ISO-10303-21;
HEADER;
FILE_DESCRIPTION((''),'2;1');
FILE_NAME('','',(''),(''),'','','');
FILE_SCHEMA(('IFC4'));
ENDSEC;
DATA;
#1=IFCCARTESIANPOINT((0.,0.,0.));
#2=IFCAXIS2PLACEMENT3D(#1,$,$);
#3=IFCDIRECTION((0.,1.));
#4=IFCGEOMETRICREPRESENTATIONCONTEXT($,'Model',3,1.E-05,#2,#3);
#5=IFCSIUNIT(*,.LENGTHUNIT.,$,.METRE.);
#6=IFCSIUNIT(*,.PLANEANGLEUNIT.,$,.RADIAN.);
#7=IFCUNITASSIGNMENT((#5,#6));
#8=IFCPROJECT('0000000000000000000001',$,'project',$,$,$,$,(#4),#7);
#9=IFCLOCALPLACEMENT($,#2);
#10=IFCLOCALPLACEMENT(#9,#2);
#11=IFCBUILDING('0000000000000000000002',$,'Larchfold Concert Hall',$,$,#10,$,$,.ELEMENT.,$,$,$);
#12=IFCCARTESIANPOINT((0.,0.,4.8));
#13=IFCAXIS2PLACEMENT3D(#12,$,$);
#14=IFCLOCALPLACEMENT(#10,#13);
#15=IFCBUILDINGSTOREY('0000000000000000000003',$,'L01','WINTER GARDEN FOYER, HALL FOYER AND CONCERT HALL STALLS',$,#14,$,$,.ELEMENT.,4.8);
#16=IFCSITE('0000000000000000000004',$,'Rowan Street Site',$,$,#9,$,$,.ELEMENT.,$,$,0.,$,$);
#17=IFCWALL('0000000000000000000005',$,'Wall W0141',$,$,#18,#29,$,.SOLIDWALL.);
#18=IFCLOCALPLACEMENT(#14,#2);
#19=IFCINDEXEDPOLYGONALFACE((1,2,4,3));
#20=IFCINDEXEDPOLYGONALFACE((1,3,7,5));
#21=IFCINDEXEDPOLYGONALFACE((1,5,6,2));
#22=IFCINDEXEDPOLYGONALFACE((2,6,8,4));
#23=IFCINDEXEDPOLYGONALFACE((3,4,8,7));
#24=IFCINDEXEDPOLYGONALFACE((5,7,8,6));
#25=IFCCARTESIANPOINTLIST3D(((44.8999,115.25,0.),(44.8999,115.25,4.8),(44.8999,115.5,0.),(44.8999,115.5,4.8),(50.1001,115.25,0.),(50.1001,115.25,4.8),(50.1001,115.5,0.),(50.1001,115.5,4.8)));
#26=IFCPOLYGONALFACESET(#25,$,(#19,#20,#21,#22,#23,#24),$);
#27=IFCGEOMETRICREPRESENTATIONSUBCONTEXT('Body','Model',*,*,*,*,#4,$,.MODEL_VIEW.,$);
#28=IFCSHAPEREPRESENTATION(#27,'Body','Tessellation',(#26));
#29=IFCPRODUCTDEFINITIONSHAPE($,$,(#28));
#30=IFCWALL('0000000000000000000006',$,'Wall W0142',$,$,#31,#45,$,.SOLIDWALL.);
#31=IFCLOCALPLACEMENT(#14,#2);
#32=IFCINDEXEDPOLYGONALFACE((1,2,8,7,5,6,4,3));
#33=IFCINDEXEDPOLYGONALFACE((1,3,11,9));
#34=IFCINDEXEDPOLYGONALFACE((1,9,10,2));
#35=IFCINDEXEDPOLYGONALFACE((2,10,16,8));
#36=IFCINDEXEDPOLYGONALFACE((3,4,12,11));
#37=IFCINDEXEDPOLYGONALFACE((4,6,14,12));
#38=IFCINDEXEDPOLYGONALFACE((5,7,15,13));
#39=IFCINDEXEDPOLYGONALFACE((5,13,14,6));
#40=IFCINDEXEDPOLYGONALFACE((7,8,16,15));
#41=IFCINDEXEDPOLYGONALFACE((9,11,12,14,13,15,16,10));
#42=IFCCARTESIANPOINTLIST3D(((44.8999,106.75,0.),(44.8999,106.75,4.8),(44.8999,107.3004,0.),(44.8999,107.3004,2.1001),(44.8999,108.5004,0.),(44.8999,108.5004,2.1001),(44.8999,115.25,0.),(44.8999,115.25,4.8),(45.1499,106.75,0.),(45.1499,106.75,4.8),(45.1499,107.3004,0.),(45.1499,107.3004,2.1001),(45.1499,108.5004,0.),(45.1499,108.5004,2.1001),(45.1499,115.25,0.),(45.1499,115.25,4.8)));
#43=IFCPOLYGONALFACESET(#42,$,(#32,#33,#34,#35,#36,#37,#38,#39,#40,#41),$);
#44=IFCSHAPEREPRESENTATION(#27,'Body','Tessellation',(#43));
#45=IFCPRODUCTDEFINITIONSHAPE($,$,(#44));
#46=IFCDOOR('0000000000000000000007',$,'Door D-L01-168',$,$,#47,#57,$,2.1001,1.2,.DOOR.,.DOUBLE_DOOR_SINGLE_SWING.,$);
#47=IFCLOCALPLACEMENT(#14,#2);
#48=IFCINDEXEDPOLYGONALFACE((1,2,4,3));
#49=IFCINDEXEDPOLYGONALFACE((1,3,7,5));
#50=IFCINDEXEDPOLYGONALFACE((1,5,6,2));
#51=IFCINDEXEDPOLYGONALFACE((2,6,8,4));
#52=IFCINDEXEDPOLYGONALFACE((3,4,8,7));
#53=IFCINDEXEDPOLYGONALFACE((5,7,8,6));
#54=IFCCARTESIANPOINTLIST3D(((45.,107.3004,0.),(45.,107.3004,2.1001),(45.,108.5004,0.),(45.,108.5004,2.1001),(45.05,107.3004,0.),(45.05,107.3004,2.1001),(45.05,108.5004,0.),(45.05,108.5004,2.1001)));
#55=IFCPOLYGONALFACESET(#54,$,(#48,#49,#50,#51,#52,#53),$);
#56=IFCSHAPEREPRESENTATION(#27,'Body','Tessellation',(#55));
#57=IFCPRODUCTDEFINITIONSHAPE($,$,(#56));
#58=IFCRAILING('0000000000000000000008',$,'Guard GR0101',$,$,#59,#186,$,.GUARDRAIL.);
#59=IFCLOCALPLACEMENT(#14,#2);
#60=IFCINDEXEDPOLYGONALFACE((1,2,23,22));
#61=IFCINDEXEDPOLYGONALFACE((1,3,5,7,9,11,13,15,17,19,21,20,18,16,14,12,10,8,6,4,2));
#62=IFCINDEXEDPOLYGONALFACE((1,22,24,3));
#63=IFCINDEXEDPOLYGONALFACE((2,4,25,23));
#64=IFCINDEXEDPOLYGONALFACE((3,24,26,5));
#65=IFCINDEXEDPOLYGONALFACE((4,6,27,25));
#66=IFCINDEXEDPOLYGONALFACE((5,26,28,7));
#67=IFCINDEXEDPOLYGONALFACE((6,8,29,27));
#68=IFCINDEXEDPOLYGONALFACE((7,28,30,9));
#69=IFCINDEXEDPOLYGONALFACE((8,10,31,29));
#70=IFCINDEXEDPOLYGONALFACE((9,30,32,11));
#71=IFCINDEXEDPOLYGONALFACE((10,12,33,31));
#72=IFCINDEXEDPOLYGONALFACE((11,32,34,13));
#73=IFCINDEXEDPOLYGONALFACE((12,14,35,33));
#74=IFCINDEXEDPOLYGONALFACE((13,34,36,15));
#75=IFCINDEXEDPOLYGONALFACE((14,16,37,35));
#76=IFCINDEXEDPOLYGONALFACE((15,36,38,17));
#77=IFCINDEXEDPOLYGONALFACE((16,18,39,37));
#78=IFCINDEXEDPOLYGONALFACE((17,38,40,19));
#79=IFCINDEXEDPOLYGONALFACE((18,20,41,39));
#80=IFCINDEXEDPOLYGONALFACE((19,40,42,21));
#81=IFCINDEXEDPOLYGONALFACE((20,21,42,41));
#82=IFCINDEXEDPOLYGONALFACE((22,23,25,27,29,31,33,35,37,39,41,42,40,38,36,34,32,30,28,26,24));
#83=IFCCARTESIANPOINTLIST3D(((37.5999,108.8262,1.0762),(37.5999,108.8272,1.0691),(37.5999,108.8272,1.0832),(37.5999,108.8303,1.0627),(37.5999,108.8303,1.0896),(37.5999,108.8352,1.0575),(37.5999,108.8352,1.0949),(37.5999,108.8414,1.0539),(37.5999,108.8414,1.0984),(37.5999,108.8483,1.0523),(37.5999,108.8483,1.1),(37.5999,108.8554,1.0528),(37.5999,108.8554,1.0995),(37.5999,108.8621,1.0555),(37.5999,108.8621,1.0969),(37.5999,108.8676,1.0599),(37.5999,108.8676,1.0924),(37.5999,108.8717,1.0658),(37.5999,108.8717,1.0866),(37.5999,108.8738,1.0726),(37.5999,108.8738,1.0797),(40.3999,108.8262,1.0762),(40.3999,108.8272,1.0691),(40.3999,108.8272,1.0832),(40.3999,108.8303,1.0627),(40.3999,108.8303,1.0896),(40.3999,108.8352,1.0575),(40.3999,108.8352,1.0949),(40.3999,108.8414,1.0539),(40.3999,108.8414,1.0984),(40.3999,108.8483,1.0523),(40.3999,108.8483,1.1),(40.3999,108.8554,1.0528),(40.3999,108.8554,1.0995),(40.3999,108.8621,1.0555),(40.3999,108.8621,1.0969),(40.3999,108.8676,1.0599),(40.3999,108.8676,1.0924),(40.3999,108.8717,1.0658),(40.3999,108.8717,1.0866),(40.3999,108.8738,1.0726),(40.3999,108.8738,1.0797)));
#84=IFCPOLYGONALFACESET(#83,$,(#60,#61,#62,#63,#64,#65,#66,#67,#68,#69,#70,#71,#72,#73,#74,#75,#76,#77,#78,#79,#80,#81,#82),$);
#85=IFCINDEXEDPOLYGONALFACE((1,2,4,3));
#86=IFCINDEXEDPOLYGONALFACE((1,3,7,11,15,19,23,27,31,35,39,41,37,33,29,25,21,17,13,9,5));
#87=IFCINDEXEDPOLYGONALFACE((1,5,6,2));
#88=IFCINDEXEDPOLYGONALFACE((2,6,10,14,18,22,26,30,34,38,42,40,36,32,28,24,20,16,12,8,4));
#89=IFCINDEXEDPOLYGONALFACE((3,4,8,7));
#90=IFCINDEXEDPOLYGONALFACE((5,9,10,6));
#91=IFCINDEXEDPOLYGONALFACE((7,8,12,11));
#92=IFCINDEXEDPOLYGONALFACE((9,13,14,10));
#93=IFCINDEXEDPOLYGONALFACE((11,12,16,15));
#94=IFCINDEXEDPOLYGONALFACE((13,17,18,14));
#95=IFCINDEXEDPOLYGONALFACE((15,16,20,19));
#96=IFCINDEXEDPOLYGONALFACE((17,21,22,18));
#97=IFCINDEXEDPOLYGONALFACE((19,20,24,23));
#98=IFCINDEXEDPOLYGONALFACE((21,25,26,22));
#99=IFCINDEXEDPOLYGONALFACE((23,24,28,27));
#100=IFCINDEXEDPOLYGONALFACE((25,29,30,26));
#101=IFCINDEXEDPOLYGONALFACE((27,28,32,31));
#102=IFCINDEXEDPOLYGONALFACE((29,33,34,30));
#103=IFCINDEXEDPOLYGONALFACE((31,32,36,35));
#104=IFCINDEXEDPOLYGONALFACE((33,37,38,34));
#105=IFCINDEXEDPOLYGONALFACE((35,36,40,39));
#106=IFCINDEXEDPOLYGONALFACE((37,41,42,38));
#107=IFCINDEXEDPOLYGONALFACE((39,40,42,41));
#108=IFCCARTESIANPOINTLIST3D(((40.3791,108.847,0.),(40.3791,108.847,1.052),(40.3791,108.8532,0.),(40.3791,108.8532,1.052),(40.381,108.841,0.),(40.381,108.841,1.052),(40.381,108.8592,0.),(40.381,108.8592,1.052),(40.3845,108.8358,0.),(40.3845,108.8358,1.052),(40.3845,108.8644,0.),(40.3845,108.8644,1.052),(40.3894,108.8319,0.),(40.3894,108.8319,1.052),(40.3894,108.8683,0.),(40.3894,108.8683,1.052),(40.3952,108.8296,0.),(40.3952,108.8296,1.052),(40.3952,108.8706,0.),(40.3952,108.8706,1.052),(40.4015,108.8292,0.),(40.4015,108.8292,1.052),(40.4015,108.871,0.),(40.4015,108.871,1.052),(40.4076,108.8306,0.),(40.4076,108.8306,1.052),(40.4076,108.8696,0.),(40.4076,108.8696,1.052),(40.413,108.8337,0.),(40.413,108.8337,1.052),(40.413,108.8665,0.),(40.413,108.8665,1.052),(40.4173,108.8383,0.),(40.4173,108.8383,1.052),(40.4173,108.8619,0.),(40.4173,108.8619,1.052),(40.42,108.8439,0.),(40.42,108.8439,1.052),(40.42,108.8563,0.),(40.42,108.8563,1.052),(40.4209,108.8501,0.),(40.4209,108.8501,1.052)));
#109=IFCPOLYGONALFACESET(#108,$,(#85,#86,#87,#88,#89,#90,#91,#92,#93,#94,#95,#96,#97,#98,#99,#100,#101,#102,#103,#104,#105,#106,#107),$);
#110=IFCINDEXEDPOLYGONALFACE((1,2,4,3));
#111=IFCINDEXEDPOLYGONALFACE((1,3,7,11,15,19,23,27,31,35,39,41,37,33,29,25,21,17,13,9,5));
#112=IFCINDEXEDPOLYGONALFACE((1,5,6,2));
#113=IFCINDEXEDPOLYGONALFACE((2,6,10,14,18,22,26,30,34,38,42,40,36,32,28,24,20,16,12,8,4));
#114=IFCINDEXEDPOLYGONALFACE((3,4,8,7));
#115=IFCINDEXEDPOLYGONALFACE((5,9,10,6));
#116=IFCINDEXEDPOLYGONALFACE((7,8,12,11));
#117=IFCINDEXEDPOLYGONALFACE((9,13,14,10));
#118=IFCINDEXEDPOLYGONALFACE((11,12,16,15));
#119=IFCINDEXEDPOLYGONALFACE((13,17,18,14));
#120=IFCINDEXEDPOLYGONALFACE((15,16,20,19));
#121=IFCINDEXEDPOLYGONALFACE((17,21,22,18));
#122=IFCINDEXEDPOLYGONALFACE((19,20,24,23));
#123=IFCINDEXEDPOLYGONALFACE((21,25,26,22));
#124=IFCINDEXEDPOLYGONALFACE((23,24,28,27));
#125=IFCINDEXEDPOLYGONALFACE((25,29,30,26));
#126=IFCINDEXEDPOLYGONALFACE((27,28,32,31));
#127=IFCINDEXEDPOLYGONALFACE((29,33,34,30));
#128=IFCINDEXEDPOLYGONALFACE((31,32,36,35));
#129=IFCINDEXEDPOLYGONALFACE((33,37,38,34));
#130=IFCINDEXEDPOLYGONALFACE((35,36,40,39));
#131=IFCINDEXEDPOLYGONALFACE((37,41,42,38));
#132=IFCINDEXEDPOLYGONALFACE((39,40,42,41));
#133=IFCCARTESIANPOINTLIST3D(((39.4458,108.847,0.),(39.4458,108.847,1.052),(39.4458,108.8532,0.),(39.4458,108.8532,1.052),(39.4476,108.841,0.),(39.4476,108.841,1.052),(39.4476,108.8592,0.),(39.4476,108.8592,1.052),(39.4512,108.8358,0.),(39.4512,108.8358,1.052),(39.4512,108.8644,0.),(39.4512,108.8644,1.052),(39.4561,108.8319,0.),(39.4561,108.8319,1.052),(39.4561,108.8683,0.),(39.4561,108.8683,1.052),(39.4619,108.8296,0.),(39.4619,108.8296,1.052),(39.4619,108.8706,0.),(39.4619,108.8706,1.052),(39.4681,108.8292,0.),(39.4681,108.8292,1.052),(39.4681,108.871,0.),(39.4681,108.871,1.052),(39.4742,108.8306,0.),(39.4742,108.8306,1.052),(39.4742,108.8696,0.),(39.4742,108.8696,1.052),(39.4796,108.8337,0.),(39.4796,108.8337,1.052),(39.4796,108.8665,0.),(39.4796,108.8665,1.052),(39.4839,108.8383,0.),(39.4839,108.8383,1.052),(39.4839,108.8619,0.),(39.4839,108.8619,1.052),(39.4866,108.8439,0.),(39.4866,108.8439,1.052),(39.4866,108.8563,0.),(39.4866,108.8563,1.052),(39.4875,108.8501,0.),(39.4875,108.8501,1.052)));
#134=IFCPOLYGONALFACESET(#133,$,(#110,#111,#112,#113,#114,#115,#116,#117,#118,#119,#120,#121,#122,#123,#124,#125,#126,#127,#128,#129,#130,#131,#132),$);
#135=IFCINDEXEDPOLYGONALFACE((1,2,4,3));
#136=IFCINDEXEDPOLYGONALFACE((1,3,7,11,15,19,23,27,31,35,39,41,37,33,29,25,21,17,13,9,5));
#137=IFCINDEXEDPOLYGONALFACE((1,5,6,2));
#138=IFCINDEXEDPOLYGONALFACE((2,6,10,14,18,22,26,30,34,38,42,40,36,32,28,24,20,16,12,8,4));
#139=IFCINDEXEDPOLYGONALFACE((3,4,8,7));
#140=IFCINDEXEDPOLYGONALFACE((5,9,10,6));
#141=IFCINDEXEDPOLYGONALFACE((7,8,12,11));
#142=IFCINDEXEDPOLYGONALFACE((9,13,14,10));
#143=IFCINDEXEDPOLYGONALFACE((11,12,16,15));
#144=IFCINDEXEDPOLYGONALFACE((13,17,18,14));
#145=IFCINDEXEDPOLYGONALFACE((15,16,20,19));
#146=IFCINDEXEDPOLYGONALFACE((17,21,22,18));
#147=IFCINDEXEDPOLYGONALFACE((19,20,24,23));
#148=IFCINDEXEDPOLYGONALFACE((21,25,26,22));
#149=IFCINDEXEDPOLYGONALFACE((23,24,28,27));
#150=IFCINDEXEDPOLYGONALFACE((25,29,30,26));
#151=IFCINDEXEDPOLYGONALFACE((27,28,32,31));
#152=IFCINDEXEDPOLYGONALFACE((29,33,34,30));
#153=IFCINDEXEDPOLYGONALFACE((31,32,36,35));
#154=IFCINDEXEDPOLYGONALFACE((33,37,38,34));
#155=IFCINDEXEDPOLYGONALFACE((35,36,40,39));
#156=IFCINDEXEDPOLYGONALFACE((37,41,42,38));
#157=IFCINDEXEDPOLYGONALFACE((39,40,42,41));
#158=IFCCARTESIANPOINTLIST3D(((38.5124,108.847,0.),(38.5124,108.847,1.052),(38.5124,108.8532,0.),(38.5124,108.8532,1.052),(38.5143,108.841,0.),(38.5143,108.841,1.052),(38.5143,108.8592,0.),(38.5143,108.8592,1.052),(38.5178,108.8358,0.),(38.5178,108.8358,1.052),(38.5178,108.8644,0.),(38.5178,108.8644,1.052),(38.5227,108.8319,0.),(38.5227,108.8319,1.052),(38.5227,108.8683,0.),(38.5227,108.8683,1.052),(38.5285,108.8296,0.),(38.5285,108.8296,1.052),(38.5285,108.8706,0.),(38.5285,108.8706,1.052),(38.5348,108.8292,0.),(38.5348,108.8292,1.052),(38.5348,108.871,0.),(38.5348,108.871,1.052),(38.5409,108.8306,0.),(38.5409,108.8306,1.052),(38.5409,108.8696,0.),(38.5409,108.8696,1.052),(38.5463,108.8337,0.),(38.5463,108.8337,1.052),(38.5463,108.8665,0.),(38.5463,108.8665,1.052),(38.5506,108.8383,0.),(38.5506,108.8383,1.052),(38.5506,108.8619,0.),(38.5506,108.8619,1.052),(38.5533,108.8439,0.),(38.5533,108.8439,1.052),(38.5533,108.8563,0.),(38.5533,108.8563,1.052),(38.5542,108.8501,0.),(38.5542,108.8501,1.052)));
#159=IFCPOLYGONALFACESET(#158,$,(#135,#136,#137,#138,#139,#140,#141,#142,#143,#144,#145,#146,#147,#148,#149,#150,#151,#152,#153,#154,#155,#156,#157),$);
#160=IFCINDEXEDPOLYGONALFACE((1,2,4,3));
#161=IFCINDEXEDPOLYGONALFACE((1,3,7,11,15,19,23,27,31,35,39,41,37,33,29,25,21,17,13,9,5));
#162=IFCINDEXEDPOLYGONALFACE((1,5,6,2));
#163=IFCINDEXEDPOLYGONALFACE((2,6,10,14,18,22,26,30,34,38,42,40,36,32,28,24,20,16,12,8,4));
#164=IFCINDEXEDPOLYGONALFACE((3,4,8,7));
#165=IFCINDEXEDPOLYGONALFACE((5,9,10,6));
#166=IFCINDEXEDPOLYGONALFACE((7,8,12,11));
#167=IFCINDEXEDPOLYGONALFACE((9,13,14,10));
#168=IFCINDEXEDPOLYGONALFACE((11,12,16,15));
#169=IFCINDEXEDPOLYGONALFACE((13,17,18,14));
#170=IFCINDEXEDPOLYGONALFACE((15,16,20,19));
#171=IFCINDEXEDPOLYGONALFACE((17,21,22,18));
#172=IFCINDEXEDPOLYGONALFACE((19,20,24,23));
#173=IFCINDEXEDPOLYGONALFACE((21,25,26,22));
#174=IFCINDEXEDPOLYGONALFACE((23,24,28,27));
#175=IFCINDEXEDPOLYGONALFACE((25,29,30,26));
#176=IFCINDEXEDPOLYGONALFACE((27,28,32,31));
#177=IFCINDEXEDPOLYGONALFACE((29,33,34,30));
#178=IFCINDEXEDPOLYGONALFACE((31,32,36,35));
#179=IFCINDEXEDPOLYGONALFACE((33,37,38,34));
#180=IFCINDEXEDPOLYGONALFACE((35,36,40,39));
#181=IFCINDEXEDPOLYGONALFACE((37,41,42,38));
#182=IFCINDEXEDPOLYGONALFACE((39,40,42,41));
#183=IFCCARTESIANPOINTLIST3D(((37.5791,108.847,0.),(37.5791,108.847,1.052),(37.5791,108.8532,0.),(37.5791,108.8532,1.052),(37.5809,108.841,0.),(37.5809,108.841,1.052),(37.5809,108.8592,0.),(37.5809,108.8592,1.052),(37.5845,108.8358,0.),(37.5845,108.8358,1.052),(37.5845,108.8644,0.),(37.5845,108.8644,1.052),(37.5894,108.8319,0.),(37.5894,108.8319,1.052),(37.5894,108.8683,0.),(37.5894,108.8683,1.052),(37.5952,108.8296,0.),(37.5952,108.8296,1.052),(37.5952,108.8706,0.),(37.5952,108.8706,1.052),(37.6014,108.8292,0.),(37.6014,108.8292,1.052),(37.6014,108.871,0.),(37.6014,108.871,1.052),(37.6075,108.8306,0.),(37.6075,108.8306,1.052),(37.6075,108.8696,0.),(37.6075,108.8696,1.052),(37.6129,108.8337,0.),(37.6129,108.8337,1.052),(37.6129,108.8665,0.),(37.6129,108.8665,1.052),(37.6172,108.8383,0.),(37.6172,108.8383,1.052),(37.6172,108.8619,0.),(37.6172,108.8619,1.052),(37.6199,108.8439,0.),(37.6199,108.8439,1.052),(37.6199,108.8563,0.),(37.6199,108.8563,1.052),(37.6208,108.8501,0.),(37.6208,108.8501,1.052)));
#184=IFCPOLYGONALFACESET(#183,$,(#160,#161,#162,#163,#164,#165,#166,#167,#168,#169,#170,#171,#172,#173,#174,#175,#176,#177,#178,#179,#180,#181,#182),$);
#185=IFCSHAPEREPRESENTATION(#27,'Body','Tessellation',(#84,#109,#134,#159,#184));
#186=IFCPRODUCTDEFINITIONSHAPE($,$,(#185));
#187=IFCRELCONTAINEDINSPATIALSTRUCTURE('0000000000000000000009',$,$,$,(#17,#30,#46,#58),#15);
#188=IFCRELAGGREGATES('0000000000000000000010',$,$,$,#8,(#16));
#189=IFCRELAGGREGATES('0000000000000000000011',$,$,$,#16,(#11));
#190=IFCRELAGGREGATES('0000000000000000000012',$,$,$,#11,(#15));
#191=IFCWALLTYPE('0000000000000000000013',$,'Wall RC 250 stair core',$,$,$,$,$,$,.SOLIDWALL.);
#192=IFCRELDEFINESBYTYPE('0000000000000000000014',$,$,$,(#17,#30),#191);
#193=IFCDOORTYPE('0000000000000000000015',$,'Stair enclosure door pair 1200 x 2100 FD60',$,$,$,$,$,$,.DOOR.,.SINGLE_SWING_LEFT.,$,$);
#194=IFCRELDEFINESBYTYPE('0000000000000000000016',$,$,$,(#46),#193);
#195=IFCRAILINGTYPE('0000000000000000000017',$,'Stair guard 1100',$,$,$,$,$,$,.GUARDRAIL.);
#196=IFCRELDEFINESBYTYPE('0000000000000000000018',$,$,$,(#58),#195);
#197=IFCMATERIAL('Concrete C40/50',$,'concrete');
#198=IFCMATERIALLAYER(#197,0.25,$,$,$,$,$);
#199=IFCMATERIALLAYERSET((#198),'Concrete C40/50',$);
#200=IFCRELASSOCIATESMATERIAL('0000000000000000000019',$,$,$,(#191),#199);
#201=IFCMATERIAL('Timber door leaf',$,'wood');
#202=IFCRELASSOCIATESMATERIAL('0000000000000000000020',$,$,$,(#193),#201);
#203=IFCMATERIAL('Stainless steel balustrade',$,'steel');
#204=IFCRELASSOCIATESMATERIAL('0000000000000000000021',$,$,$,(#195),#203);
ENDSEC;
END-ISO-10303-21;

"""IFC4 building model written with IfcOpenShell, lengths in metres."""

from ifc_helpers import new_model, si_unit, direction, frame, frame_2d, origin, origin_2d, place, context, subcontext, project, spatial, rectangle, circle, extrude, material, layer, layer_set, type_object, element, fill, save


model = new_model("IFC4")

# Units and contexts
model_context = context("Model", 3, precision=1e-05, world=origin(), true_north=direction((0.0, 1.0)))
body_context = subcontext(model_context, "Body", "Model", "MODEL_VIEW")
ifc_project = project(units=[si_unit("LENGTHUNIT", "METRE"), si_unit("PLANEANGLEUNIT", "RADIAN")], contexts=[model_context])

# Site, building, storey
site_placement = place(None, origin())
site = spatial("IfcSite", under=ifc_project, at=site_placement, Name="Rowan Street Site", CompositionType="ELEMENT", RefElevation=0.0)
building_placement = place(site_placement, origin())
building = spatial("IfcBuilding", under=site, at=building_placement, Name="Larchfold Concert Hall", CompositionType="ELEMENT")
storey_placement = place(building_placement, frame((0.0, 0.0, 4.8)))
storey = spatial("IfcBuildingStorey", under=building, at=storey_placement, Name="L01", Description="WINTER GARDEN FOYER, HALL FOYER AND CONCERT HALL STALLS", CompositionType="ELEMENT", Elevation=4.8)

# Shared definitions
ifc_material_1 = material(Name="Concrete C40/50", Category="concrete")
ifc_layer_1 = layer(ifc_material_1, 0.25)
ifc_layer_set_1 = layer_set([ifc_layer_1], Name="Concrete C40/50")
wall_type_1 = type_object("IfcWallType", Name="Wall RC 250 stair core", PredefinedType="SOLIDWALL", material=ifc_layer_set_1)
ifc_material_2 = material(Name="Timber door leaf", Category="wood")
door_type_1 = type_object("IfcDoorType", Name="Stair enclosure door pair 1200 x 2100 FD60", OperationType="SINGLE_SWING_LEFT", PredefinedType="DOOR", material=ifc_material_2)

# Wall
wall_1_placement = place(storey_placement, frame((44.8999, 115.375, 0.0), z_axis=(0.0, 0.0, 1.0), x_axis=(1.0, 0.0, 0.0)))
element("IfcWall", 1, at=wall_1_placement, inside=storey, type_object=wall_type_1, Name="Wall W0141", PredefinedType="SOLIDWALL", context=body_context, shape_type="SweptSolid", body=[
    extrude(rectangle(XDim=5.2002, YDim=0.25, at=frame_2d((2.6001, 0.0))), origin(), (0.0, 0.0, 1.0), 4.8),
])

# Wall, opening, door
wall_2_placement = place(storey_placement, frame((45.0249, 106.75, 0.0), z_axis=(0.0, 0.0, 1.0), x_axis=(0.0, 1.0, 0.0)))
wall_2 = element("IfcWall", 2, at=wall_2_placement, inside=storey, type_object=wall_type_1, Name="Wall W0142", PredefinedType="SOLIDWALL", context=body_context, shape_type="SweptSolid", body=[
    extrude(rectangle(XDim=8.5, YDim=0.25, at=frame_2d((4.25, 0.0))), origin(), (0.0, 0.0, 1.0), 4.8),
])
opening_1_placement = place(wall_2_placement, frame((0.5503, 0.0, 0.0)))
opening_1 = element("IfcOpeningElement", 3, at=opening_1_placement, cuts=wall_2, PredefinedType="OPENING", context=body_context, shape_type="SweptSolid", body=[
    extrude(rectangle(XDim=1.2, YDim=2.1001, at=frame_2d((0.6001, 1.05))), frame((0.0, 0.135, 0.0), z_axis=(0.0, -1.0, 0.0), x_axis=(1.0, 0.0, 0.0)), (0.0, 0.0, 1.0), 0.27),
])
door_1_placement = place(opening_1_placement, origin())
door_1 = element("IfcDoor", 4, at=door_1_placement, inside=storey, type_object=door_type_1, Name="Door D-L01-168", OperationType="DOUBLE_DOOR_SINGLE_SWING", OverallHeight=2.1001, OverallWidth=1.2, PredefinedType="DOOR", context=body_context, shape_type="SweptSolid", body=[
    extrude(rectangle(XDim=1.2, YDim=2.1001, at=frame_2d((0.6001, 1.05))), frame((0.0, 0.0249, 0.0), z_axis=(0.0, -1.0, 0.0), x_axis=(1.0, 0.0, 0.0)), (0.0, 0.0, 1.0), 0.05),
])
fill(opening_1, door_1)

# Railing
ifc_material_3 = material(Name="Stainless steel balustrade", Category="steel")
railing_type_1 = type_object("IfcRailingType", Name="Stair guard 1100", PredefinedType="GUARDRAIL", material=ifc_material_3)
railing_1_placement = place(storey_placement, frame((40.3999, 108.8501, 0.0)))
element("IfcRailing", 5, at=railing_1_placement, inside=storey, type_object=railing_type_1, Name="Guard GR0101", PredefinedType="GUARDRAIL", context=body_context, shape_type="SweptSolid", body=[
    extrude(circle(Radius=0.0239, at=origin_2d()), frame((0.0, 0.0, 1.0762), z_axis=(-1.0, 0.0, 0.0), x_axis=(0.0, -1.0, 0.0)), (0.0, 0.0, 1.0), 2.8),
    extrude(circle(Radius=0.021, at=origin_2d()), origin(), (0.0, 0.0, 1.0), 1.052),
    extrude(circle(Radius=0.021, at=origin_2d()), frame((-0.9333, 0.0, 0.0)), (0.0, 0.0, 1.0), 1.052),
    extrude(circle(Radius=0.021, at=origin_2d()), frame((-1.8667, 0.0, 0.0)), (0.0, 0.0, 1.0), 1.052),
    extrude(circle(Radius=0.021, at=origin_2d()), frame((-2.8, 0.0, 0.0)), (0.0, 0.0, 1.0), 1.052),
])

save(model, "model.ifc")
